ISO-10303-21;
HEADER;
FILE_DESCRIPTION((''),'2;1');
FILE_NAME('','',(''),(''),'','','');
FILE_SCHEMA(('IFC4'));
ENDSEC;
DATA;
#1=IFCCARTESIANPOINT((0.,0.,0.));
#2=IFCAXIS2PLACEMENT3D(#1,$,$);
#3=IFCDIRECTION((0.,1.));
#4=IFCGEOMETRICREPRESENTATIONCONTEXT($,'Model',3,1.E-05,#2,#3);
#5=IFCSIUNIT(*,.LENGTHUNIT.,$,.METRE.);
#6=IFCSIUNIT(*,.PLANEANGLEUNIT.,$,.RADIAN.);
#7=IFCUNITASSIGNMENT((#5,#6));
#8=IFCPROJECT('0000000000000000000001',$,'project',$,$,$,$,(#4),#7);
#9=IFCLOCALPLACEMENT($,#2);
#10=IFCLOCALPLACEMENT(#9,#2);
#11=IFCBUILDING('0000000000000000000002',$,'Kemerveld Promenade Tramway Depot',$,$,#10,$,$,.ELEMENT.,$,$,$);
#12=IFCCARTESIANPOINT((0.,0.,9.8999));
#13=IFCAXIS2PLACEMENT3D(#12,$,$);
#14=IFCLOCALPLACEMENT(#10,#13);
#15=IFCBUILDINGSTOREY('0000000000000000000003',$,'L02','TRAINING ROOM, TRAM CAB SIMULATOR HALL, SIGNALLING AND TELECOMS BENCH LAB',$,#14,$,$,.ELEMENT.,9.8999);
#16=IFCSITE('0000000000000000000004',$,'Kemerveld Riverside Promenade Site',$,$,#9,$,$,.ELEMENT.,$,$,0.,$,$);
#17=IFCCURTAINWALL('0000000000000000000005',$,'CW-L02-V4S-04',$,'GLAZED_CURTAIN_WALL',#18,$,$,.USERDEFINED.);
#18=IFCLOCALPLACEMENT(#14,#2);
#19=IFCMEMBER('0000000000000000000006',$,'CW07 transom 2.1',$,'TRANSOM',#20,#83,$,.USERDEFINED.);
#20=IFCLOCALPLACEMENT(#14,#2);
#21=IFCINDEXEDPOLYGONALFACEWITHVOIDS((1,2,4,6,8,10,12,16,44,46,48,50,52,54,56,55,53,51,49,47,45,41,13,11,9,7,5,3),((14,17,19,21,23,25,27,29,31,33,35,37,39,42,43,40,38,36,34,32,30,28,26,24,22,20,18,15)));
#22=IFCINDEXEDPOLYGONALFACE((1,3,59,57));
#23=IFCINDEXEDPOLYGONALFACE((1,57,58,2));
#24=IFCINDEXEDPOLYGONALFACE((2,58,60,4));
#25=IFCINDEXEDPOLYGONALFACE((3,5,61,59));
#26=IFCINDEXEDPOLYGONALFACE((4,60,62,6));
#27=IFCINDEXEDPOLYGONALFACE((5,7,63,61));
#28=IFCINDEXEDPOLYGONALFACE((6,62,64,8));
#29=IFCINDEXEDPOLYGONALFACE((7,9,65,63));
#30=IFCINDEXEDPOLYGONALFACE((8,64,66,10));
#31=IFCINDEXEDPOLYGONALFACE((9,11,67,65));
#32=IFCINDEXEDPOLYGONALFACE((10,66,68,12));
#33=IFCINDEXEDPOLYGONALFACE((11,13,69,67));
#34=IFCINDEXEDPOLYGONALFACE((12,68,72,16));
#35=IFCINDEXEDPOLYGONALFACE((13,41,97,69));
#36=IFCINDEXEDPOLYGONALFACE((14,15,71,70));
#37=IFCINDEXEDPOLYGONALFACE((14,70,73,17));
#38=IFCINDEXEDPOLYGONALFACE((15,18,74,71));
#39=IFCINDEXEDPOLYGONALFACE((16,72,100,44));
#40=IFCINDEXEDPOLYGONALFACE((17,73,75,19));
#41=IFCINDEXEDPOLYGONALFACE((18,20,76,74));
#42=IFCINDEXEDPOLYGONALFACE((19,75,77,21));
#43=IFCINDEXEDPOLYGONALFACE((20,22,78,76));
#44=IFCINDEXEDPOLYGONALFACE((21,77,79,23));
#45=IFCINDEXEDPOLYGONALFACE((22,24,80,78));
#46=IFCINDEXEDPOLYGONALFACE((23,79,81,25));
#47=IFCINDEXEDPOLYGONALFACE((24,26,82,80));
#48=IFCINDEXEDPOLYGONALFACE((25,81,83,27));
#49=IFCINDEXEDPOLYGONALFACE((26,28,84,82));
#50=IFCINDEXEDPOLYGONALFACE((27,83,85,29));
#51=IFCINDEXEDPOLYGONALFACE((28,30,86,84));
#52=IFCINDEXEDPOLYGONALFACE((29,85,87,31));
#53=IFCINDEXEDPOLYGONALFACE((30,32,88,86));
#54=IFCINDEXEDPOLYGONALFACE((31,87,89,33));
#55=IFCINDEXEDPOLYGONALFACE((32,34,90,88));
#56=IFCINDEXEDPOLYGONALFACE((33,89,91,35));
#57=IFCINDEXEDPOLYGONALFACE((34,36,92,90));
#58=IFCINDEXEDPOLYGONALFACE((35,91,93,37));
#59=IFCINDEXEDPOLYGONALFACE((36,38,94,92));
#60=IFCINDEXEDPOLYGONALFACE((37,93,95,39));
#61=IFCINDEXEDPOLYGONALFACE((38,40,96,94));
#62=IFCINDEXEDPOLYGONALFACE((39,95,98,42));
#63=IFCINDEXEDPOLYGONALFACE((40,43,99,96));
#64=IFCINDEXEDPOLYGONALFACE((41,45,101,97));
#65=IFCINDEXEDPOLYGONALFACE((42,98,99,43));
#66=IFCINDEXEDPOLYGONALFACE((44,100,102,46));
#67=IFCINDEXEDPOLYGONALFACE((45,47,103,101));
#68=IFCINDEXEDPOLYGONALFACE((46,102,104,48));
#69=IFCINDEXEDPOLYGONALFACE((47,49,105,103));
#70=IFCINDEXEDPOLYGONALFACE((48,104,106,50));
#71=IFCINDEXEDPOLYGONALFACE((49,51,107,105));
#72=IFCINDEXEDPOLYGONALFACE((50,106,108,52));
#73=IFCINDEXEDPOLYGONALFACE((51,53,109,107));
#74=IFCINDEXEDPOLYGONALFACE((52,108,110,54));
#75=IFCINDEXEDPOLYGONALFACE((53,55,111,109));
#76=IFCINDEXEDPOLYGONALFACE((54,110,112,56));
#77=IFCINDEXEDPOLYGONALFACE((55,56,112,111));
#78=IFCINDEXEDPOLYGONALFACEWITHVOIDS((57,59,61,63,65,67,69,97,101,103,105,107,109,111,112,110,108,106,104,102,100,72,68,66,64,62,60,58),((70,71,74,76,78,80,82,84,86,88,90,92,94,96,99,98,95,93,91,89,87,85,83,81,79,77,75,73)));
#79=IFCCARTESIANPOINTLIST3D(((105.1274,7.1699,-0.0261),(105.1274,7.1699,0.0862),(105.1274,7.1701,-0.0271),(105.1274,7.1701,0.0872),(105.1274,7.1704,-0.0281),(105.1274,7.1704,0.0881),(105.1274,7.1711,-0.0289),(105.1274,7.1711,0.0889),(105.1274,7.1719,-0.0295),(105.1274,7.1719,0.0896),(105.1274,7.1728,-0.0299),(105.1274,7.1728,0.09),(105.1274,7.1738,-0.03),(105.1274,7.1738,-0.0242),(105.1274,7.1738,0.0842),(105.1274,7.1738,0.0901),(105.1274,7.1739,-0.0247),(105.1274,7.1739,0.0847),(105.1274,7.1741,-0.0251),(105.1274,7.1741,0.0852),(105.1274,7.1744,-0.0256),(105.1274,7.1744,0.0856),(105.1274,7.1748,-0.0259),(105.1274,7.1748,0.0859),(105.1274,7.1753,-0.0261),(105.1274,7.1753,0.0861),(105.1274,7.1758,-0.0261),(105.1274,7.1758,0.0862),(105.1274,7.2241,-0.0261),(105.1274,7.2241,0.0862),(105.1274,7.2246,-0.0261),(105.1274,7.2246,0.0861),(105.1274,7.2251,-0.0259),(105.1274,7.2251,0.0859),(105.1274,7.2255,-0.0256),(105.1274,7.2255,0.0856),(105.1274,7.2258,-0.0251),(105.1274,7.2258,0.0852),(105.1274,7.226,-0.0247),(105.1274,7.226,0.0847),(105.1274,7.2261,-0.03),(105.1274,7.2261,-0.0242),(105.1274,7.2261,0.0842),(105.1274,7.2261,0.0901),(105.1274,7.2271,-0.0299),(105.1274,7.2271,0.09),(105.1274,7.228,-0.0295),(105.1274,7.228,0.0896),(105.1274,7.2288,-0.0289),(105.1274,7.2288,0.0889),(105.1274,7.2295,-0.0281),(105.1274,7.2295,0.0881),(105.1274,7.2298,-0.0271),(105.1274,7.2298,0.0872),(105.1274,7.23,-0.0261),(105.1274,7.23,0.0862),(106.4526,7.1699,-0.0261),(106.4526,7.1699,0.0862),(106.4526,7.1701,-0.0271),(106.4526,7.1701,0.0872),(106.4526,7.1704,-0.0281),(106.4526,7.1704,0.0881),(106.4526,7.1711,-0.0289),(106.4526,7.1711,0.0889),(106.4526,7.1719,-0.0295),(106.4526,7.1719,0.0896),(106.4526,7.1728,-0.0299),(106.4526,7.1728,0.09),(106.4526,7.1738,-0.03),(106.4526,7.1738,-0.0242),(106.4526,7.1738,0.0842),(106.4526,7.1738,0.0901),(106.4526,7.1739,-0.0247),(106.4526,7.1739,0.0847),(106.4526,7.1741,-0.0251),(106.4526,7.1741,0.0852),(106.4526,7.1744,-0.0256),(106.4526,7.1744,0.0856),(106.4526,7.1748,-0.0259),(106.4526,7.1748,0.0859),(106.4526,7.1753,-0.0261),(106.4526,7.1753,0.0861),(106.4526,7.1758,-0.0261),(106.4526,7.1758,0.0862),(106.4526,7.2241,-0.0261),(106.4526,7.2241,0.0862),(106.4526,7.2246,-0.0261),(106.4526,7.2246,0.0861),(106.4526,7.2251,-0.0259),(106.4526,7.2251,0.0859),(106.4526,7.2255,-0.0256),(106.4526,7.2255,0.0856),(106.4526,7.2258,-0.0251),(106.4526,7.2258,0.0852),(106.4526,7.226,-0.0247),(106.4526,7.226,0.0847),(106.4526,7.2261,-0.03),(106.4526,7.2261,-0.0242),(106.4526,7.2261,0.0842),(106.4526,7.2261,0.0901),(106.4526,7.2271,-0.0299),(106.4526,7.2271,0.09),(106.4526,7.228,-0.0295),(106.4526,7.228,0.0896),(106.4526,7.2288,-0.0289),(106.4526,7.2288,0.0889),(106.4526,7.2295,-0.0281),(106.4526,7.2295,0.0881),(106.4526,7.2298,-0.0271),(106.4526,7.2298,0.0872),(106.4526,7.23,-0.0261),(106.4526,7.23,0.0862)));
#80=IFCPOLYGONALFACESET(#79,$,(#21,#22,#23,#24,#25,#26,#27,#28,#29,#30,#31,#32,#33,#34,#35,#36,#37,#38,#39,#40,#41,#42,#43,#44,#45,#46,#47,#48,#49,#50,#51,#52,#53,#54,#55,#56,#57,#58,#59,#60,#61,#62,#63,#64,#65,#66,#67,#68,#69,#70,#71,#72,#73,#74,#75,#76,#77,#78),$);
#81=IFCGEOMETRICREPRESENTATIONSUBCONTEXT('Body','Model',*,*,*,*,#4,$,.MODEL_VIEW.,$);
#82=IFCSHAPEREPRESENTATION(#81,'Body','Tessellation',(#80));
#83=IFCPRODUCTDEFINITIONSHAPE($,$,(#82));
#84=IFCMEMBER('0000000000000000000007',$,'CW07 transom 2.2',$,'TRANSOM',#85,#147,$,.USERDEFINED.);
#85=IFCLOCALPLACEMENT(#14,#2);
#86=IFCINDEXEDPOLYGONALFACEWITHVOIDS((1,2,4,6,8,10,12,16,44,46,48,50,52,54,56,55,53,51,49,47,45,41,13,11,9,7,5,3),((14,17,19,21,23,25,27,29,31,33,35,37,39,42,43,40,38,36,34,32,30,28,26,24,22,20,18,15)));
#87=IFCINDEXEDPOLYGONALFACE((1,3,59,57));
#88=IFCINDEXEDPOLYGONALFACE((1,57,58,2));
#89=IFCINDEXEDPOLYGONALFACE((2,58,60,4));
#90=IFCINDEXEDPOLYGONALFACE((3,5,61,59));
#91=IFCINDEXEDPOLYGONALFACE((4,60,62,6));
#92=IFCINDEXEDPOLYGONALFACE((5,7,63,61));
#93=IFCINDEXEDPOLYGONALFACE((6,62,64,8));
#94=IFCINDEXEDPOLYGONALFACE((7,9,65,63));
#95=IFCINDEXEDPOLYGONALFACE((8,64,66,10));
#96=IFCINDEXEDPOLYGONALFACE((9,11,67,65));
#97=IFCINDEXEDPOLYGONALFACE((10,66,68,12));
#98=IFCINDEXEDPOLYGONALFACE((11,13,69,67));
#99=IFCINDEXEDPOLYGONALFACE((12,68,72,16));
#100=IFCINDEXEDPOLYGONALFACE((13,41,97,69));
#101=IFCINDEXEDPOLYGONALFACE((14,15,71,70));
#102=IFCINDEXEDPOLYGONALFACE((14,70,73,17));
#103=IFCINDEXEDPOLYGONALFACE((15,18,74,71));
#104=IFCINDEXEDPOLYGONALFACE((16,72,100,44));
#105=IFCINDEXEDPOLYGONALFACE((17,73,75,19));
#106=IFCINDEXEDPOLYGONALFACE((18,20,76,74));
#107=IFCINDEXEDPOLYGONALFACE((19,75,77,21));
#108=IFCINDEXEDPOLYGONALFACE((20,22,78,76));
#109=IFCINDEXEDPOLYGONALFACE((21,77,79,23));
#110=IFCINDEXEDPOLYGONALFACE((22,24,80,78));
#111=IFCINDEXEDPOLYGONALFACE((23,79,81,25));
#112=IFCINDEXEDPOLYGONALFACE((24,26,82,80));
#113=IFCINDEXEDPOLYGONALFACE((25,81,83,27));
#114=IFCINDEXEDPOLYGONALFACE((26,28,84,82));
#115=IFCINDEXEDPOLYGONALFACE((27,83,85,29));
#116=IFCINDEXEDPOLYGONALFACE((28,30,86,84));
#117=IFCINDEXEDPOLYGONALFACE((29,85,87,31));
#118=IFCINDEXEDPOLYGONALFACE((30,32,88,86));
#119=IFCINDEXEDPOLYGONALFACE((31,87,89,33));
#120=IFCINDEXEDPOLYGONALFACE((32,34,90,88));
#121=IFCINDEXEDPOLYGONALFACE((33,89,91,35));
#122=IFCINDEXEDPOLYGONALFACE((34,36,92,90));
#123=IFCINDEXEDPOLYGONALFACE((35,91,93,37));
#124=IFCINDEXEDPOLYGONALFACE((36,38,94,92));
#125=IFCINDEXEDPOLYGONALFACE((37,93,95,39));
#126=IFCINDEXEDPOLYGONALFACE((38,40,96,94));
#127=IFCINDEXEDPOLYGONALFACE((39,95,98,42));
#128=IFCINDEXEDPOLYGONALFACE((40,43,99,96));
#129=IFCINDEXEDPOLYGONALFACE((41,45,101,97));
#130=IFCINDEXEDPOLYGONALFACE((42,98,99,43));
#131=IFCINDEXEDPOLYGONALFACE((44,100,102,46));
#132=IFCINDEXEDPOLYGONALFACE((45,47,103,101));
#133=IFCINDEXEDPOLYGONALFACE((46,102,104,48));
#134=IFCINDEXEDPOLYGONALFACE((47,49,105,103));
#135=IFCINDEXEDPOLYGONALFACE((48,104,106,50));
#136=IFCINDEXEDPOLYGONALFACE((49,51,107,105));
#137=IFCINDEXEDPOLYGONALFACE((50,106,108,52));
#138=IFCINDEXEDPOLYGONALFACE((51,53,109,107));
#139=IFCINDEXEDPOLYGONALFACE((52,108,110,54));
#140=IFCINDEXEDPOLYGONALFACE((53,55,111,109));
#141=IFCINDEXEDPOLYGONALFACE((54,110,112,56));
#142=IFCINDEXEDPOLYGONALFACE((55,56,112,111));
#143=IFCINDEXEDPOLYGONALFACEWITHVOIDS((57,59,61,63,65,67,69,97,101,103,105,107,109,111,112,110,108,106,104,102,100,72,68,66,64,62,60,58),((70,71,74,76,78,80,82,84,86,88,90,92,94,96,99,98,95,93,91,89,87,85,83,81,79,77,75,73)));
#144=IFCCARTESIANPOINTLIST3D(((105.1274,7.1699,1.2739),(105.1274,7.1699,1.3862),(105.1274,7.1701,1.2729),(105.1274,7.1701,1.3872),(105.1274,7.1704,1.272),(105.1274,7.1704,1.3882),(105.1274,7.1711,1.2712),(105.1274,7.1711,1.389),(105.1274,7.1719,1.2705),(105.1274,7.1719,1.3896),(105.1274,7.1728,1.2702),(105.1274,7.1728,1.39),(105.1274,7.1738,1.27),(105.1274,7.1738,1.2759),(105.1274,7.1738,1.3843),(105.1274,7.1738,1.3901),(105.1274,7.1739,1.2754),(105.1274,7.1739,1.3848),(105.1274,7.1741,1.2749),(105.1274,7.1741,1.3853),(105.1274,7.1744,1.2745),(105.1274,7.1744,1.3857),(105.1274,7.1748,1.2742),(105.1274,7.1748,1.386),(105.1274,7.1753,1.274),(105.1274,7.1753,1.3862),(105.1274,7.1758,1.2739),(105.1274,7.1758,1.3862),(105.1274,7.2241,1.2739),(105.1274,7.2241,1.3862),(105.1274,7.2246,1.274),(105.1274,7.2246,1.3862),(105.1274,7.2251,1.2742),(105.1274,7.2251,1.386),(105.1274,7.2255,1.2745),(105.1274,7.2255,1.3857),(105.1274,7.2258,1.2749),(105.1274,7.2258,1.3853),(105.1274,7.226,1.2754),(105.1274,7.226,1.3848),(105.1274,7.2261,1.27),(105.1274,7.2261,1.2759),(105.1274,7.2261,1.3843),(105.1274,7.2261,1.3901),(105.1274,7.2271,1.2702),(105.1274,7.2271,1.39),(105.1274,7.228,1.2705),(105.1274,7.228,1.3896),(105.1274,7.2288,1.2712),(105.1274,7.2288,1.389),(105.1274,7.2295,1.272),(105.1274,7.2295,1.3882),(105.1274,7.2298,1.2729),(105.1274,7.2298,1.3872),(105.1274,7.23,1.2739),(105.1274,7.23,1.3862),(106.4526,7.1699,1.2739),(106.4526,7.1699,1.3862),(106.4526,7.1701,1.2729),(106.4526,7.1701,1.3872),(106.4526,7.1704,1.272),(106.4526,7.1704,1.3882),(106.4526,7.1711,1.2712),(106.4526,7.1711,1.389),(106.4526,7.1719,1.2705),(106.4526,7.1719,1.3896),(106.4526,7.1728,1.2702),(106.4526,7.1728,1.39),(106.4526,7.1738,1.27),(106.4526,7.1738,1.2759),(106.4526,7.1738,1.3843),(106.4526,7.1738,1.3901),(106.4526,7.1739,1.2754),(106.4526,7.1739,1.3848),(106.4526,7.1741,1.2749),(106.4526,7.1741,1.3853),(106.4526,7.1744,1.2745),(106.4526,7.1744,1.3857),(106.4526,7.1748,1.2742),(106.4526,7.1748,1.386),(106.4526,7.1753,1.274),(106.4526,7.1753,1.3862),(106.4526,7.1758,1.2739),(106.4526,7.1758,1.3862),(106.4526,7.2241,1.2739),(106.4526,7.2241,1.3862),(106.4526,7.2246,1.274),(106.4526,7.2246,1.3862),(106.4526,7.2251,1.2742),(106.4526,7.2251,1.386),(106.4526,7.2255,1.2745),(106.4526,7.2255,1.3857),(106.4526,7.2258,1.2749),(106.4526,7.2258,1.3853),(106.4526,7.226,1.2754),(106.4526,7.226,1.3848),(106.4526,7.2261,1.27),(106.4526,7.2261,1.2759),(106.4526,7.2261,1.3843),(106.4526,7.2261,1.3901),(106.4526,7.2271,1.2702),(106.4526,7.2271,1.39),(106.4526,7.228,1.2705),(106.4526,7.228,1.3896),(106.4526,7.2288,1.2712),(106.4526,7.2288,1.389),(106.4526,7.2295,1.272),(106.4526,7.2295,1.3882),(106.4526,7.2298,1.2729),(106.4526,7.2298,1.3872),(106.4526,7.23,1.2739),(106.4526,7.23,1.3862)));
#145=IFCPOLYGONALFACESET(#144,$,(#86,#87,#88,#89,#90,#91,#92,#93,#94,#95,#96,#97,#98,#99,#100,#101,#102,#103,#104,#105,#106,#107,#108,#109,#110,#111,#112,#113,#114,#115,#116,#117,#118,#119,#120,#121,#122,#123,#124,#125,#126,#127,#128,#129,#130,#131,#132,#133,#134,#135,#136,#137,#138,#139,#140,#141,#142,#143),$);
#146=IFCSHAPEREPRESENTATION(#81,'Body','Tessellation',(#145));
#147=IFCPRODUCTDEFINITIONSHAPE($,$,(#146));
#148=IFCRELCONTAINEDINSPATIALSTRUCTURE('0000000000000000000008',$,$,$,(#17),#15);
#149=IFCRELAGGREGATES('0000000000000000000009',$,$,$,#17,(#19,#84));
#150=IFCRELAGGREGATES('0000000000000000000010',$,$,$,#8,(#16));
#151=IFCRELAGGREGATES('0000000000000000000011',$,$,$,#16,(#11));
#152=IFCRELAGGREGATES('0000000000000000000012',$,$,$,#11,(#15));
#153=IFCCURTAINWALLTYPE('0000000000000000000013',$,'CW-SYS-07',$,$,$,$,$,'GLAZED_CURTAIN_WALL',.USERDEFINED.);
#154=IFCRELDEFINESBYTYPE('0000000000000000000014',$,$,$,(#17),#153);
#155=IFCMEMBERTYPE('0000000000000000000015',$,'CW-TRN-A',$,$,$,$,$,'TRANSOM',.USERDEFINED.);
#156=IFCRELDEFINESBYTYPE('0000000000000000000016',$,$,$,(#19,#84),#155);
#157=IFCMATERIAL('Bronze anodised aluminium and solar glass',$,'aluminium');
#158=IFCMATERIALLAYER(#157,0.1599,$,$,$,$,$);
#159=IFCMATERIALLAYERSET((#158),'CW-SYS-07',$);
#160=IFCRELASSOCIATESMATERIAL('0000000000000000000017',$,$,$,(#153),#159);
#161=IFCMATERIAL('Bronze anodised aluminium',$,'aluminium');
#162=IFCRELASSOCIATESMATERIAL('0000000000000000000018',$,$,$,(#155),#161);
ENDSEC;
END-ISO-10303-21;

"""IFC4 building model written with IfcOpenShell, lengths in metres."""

from ifc_helpers import new_model, si_unit, direction, frame, origin, origin_2d, place, context, subcontext, project, spatial, hollow_rectangle, extrude, material, layer, layer_set, material_profile, profile_set, type_object, element, aggregate, save


model = new_model("IFC4")

# Units and contexts
model_context = context("Model", 3, precision=1e-05, world=origin(), true_north=direction((0.0, 1.0)))
body_context = subcontext(model_context, "Body", "Model", "MODEL_VIEW")
ifc_project = project(units=[si_unit("LENGTHUNIT", "METRE"), si_unit("PLANEANGLEUNIT", "RADIAN")], contexts=[model_context])

# Site, building, storey
site_placement = place(None, origin())
site = spatial("IfcSite", under=ifc_project, at=site_placement, Name="Kemerveld Riverside Promenade Site", CompositionType="ELEMENT", RefElevation=0.0)
building_placement = place(site_placement, origin())
building = spatial("IfcBuilding", under=site, at=building_placement, Name="Kemerveld Promenade Tramway Depot", CompositionType="ELEMENT")
storey_placement = place(building_placement, frame((0.0, 0.0, 9.8999)))
storey = spatial("IfcBuildingStorey", under=building, at=storey_placement, Name="L02", Description="TRAINING ROOM, TRAM CAB SIMULATOR HALL, SIGNALLING AND TELECOMS BENCH LAB", CompositionType="ELEMENT", Elevation=9.8999)

# Curtain wall, members
ifc_material_1 = material(Name="Bronze anodised aluminium and solar glass", Category="aluminium")
ifc_layer_1 = layer(ifc_material_1, 0.1599)
ifc_layer_set_1 = layer_set([ifc_layer_1], Name="CW-SYS-07")
curtain_wall_type = type_object("IfcCurtainWallType", Name="CW-SYS-07", ElementType="GLAZED_CURTAIN_WALL", PredefinedType="USERDEFINED", material=ifc_layer_set_1)
curtain_wall_placement = place(storey_placement, origin())
curtain_wall = element("IfcCurtainWall", 1, at=curtain_wall_placement, inside=storey, type_object=curtain_wall_type, Name="CW-L02-V4S-04", ObjectType="GLAZED_CURTAIN_WALL", PredefinedType="USERDEFINED")
ifc_material_2 = material(Name="Bronze anodised aluminium", Category="aluminium")
ifc_material_profile_1 = material_profile(ifc_material_2, hollow_rectangle(XDim=0.0601, YDim=0.1201, WallThickness=0.0039, InnerFilletRadius=0.002, OuterFilletRadius=0.0039, at=origin_2d()), Name="CW-TRN-120x60")
ifc_profile_set_1 = profile_set([ifc_material_profile_1], Name="Bronze anodised aluminium")
member_type_1 = type_object("IfcMemberType", Name="CW-TRN-A", ElementType="TRANSOM", PredefinedType="USERDEFINED", material=ifc_profile_set_1)
member_1_placement = place(storey_placement, frame((106.4526, 7.2, 0.03), z_axis=(-1.0, 0.0, 0.0), x_axis=(0.0, -1.0, 0.0)))
member_1 = element("IfcMember", 2, at=member_1_placement, type_object=member_type_1, Name="CW07 transom 2.1", ObjectType="TRANSOM", PredefinedType="USERDEFINED", context=body_context, shape_type="SweptSolid", body=[
    extrude(hollow_rectangle(XDim=0.0601, YDim=0.1201, WallThickness=0.0039, InnerFilletRadius=0.002, OuterFilletRadius=0.0039, at=origin_2d()), origin(), (0.0, 0.0, 1.0), 1.3252),
])
member_2_placement = place(storey_placement, frame((106.4526, 7.2, 1.3301), z_axis=(-1.0, 0.0, 0.0), x_axis=(0.0, -1.0, 0.0)))
member_2 = element("IfcMember", 3, at=member_2_placement, type_object=member_type_1, Name="CW07 transom 2.2", ObjectType="TRANSOM", PredefinedType="USERDEFINED", context=body_context, shape_type="SweptSolid", body=[
    extrude(hollow_rectangle(XDim=0.0601, YDim=0.1201, WallThickness=0.0039, InnerFilletRadius=0.002, OuterFilletRadius=0.0039, at=origin_2d()), origin(), (0.0, 0.0, 1.0), 1.3252),
])

aggregate(curtain_wall, [member_1, member_2])

save(model, "model.ifc")
